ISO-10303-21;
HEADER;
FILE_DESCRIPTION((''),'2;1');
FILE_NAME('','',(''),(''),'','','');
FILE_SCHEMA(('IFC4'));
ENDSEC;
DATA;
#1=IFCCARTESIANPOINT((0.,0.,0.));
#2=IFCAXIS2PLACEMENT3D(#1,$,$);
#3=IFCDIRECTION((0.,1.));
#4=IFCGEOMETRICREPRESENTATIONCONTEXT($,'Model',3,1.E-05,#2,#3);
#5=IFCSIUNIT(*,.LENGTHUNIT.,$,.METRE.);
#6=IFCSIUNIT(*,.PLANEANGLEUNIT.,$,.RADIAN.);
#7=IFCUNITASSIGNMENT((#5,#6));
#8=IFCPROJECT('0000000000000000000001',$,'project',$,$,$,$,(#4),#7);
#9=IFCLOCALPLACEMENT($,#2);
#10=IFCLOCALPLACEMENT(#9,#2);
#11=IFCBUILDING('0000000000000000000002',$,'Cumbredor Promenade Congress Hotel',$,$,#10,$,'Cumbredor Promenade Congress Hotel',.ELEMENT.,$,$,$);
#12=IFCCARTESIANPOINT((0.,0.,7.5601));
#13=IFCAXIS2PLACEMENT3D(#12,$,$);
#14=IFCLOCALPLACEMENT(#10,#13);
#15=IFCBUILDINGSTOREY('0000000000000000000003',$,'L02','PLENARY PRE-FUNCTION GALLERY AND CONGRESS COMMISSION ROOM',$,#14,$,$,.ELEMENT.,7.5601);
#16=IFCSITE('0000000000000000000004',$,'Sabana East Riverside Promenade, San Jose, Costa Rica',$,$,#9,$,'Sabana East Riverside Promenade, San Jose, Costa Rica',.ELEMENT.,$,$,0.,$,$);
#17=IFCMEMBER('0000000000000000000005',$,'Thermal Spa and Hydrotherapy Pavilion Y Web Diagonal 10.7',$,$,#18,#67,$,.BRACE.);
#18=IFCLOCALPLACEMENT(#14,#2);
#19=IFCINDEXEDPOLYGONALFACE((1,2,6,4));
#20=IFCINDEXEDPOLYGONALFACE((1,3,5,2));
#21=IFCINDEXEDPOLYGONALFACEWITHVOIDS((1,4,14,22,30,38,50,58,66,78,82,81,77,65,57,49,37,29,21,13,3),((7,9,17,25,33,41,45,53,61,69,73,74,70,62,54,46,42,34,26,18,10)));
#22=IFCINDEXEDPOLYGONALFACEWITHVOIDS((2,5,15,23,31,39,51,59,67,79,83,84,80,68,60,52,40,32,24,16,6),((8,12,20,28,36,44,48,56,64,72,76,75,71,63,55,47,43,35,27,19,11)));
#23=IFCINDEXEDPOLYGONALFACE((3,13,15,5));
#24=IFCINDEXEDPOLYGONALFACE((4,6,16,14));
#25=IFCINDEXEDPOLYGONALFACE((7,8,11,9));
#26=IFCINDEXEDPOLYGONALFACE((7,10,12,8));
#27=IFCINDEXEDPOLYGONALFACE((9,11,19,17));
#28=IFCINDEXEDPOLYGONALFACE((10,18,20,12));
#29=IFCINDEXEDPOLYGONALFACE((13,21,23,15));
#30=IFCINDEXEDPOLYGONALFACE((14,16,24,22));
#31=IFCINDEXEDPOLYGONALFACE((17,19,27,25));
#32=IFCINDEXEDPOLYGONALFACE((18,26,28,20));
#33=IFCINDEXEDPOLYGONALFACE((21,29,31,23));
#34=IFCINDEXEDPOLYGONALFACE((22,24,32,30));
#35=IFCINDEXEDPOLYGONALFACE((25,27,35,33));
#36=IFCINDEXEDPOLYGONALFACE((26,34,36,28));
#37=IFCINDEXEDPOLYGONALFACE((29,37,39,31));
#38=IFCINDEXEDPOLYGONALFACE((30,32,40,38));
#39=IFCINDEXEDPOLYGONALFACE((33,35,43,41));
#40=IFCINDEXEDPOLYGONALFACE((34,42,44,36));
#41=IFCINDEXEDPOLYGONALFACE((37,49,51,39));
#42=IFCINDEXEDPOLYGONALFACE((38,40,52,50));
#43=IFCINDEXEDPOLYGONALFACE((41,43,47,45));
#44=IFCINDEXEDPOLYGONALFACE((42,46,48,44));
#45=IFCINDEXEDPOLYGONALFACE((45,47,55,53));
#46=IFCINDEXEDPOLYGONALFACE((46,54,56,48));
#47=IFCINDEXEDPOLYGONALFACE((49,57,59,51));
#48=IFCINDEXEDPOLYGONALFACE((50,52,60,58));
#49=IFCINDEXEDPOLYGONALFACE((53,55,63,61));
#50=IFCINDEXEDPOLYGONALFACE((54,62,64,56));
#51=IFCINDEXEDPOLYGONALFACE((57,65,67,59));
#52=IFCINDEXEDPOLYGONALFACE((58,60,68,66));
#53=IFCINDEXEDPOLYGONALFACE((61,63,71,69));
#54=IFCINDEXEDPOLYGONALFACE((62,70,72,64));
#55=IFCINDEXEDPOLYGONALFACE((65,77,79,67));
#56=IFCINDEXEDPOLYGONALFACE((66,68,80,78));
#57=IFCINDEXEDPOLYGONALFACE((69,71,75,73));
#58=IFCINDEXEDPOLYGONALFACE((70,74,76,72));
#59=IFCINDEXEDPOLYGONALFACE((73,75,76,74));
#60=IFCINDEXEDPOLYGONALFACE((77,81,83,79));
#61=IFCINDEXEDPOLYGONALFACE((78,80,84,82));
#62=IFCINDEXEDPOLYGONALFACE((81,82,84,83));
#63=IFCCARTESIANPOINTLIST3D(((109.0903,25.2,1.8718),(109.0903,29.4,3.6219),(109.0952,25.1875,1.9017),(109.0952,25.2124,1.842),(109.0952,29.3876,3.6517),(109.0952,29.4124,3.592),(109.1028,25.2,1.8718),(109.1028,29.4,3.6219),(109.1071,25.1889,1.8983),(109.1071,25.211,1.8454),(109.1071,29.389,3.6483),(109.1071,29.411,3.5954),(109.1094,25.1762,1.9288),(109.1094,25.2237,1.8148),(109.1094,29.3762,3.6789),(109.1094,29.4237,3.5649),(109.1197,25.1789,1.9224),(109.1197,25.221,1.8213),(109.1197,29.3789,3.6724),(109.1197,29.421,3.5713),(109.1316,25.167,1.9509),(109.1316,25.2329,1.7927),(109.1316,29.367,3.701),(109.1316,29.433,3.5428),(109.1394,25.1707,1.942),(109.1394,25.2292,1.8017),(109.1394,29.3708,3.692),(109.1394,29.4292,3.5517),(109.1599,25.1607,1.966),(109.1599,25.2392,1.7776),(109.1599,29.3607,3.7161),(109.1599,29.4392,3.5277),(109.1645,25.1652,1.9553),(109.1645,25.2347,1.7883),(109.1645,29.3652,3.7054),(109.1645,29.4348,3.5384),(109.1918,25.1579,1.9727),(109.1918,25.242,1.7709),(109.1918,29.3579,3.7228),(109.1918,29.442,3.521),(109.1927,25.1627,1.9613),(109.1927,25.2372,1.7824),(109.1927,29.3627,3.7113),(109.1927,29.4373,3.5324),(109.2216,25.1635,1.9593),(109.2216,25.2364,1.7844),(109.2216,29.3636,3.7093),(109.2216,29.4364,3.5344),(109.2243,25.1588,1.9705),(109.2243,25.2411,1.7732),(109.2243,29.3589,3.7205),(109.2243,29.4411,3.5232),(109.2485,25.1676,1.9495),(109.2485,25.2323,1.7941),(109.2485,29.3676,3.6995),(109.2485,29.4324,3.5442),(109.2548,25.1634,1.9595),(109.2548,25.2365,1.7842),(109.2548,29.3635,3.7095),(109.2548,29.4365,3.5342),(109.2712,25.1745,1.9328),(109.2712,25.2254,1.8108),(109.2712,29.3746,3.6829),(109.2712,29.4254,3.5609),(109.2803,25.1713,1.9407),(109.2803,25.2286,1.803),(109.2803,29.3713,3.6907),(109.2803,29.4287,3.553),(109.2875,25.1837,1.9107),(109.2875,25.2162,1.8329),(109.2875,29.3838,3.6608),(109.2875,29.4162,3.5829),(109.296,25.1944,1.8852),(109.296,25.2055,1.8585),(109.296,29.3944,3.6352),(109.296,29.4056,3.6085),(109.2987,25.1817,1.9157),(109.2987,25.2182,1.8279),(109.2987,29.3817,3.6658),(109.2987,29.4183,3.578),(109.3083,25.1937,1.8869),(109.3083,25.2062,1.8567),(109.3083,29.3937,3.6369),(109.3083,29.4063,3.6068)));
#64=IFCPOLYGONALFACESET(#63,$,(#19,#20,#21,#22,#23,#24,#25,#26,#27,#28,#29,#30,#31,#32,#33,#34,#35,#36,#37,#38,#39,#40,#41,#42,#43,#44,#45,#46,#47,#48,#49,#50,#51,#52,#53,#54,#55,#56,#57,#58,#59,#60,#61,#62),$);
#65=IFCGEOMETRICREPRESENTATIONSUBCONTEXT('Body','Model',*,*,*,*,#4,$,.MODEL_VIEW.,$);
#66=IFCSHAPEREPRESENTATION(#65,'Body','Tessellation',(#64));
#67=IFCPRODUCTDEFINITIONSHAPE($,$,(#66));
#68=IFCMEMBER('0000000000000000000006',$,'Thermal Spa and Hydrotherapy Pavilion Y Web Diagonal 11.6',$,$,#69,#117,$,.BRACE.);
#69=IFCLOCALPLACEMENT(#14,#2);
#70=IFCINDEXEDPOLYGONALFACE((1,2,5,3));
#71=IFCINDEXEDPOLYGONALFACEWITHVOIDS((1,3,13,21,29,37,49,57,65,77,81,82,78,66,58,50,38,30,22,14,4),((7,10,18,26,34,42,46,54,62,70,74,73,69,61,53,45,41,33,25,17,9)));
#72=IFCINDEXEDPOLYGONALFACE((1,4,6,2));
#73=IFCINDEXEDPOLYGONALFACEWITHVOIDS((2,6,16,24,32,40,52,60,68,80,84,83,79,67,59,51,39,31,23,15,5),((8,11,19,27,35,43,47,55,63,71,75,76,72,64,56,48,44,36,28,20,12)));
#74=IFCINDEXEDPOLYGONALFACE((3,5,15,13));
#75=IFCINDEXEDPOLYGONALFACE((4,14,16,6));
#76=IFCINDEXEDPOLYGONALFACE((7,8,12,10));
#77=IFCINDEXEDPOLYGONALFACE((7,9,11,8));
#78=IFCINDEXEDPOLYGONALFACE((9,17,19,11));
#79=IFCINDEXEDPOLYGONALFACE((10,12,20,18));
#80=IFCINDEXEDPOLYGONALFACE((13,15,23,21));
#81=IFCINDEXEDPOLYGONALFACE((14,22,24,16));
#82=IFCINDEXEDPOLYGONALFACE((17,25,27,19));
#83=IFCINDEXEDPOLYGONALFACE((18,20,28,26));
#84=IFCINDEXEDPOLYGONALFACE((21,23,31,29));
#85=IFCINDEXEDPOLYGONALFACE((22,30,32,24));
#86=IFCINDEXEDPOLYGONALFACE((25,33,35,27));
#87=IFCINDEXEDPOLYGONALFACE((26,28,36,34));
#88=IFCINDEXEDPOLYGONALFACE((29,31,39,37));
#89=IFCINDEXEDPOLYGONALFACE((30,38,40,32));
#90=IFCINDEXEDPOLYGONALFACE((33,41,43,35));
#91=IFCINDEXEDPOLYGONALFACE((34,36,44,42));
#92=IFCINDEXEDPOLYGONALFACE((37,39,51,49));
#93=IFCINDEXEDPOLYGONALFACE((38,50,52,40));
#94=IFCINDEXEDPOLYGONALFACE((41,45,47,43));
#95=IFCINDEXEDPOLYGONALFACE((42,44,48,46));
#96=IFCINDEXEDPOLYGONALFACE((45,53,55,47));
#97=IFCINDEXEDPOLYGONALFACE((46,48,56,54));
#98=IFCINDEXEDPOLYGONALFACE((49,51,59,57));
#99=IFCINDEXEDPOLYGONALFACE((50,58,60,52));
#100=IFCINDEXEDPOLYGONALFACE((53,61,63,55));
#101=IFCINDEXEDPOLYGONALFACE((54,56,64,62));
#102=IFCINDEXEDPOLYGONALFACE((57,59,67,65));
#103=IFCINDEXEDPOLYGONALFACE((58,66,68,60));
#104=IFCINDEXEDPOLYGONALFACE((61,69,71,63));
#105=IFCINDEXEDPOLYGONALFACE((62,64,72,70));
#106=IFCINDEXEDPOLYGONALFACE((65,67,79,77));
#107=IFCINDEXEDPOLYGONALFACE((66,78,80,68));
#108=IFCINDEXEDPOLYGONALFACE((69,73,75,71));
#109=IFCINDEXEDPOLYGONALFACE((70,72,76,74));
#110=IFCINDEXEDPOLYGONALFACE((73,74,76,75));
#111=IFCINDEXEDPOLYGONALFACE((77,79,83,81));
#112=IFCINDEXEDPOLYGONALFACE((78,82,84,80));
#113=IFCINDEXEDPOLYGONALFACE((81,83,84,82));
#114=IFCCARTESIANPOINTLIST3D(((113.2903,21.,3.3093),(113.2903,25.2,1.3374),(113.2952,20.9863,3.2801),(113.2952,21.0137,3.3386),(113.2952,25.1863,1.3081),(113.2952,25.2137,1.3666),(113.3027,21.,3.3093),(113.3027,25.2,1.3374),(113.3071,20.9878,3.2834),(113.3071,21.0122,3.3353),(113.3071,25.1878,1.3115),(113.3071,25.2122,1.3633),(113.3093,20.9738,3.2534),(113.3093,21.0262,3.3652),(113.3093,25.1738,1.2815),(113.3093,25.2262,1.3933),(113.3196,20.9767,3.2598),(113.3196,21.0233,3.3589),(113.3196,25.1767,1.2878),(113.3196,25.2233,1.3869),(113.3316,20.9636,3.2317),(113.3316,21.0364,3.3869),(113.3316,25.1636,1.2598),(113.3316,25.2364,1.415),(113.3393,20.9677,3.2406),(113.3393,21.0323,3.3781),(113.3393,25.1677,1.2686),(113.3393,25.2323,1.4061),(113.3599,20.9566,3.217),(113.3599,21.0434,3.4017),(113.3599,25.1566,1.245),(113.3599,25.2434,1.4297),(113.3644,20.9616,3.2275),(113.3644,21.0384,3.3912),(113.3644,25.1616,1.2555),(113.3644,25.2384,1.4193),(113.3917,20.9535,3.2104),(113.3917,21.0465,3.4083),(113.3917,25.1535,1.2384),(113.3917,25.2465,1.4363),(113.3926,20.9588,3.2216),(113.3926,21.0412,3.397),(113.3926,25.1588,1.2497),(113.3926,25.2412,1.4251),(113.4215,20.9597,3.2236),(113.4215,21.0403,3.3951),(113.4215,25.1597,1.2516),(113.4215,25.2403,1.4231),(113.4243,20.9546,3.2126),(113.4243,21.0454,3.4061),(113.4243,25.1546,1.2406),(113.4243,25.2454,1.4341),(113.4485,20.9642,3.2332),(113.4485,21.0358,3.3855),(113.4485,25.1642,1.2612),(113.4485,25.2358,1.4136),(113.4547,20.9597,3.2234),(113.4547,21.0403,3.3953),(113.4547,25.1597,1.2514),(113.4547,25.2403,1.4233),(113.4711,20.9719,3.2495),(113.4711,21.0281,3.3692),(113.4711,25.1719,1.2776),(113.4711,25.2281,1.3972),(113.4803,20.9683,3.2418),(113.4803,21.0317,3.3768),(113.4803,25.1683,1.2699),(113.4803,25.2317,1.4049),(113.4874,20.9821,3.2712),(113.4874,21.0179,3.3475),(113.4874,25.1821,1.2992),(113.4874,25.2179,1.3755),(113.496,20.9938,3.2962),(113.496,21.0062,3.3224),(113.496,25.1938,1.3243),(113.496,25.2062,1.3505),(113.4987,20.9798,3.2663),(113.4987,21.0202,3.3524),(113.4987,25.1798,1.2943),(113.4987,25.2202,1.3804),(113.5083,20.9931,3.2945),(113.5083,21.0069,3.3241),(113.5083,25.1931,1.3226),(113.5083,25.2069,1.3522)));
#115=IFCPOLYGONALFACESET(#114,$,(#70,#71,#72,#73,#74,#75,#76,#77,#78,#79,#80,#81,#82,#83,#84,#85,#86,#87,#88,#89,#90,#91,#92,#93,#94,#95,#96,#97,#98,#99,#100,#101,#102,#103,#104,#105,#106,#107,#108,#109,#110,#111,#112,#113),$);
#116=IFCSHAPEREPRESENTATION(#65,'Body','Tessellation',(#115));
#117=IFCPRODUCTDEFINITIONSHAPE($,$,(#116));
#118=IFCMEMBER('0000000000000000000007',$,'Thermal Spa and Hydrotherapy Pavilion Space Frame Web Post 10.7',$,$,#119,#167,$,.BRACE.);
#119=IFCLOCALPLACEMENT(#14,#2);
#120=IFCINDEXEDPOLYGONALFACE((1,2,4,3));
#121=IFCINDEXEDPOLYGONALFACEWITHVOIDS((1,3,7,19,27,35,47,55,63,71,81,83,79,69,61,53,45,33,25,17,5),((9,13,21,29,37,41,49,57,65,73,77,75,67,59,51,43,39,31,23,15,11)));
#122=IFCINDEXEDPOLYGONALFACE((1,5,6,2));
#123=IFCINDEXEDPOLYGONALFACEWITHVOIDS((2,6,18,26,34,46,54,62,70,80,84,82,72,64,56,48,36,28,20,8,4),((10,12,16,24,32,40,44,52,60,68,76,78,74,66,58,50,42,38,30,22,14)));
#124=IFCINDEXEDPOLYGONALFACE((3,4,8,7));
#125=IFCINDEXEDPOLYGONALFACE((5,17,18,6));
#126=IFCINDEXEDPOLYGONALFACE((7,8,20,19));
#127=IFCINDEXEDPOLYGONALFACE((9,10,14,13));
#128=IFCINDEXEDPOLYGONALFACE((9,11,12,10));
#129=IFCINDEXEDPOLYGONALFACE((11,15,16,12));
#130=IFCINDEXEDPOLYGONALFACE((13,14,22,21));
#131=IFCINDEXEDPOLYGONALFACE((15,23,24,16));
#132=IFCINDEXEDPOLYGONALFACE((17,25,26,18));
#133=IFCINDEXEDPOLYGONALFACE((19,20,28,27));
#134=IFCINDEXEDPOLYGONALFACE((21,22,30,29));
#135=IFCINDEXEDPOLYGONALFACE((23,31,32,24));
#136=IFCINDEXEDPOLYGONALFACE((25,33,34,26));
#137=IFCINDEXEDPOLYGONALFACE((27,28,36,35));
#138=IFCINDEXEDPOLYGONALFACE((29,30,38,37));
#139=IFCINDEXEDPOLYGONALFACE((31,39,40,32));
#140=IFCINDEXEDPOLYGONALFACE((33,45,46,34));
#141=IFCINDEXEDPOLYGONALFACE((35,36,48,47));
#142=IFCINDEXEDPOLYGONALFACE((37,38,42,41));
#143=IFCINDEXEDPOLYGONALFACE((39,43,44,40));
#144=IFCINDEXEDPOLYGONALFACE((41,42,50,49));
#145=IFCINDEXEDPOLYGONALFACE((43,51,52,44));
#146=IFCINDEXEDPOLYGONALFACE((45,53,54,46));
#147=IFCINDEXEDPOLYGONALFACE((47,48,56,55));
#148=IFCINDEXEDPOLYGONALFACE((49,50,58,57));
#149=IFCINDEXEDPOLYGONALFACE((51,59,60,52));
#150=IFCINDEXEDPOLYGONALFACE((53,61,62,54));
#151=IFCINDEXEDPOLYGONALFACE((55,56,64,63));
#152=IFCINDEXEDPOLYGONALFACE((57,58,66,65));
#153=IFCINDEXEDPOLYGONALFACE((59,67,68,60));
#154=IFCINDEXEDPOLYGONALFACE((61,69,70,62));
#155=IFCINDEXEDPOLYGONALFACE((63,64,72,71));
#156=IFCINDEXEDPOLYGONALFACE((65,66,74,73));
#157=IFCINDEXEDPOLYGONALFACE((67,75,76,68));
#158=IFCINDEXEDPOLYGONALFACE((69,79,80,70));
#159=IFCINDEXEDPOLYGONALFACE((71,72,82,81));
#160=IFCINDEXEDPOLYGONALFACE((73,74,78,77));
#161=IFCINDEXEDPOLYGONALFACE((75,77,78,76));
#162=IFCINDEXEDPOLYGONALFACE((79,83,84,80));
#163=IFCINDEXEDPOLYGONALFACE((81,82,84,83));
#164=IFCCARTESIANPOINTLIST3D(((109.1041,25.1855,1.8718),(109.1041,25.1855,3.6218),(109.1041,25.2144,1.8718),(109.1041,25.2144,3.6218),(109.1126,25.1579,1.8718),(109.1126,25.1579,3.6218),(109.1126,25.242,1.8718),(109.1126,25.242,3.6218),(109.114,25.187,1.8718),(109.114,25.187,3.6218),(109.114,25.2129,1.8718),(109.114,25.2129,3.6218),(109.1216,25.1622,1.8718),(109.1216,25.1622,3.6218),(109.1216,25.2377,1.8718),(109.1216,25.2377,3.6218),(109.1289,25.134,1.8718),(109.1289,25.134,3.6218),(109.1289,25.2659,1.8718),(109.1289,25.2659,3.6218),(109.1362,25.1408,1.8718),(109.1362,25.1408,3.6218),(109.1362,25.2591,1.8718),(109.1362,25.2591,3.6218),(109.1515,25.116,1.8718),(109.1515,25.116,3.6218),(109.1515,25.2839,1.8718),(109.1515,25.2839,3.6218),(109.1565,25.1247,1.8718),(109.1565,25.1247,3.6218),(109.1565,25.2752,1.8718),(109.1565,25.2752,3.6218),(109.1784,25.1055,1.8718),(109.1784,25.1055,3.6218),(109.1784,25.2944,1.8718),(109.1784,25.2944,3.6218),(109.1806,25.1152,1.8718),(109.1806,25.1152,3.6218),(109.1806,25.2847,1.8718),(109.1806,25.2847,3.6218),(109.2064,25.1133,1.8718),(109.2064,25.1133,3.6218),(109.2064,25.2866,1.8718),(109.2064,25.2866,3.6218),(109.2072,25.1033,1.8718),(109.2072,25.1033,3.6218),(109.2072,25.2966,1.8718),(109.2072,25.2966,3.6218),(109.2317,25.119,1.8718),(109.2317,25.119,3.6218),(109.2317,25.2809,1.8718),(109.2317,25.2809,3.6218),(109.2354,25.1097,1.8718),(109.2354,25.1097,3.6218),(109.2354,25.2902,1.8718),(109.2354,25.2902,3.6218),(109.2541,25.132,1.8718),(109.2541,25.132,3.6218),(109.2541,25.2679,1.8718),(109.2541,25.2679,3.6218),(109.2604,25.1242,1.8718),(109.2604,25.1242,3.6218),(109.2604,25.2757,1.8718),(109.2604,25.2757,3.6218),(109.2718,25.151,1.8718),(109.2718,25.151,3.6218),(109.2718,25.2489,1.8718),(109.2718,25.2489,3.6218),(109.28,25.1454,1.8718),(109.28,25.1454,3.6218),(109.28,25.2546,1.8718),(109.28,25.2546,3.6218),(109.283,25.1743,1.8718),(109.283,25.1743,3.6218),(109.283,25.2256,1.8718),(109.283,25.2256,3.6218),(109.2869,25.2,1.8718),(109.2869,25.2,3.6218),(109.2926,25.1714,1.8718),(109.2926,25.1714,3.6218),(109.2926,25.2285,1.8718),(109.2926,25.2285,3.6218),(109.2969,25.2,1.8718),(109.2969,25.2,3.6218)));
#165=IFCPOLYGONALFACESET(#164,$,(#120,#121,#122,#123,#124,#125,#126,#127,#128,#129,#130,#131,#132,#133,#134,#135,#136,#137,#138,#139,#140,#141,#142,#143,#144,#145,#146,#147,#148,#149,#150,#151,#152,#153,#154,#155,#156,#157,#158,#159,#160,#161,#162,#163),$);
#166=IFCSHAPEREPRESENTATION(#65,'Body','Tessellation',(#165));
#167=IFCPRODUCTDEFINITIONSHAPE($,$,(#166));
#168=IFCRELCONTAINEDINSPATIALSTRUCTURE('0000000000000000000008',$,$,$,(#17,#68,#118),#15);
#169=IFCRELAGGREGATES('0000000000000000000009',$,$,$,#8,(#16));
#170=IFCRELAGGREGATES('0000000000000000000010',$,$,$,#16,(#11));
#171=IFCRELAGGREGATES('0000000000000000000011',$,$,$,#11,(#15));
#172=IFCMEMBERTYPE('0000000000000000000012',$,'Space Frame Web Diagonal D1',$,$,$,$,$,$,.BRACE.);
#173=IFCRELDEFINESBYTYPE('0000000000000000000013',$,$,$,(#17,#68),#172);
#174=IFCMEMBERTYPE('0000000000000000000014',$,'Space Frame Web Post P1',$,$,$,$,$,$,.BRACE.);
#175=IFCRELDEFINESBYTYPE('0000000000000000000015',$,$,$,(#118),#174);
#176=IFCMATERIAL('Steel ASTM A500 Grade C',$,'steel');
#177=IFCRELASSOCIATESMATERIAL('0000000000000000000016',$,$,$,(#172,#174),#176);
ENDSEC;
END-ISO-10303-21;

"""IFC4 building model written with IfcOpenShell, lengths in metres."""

from ifc_helpers import new_model, si_unit, direction, frame, origin, origin_2d, place, context, subcontext, project, spatial, hollow_circle, extrude, material, material_profile, profile_set, type_object, element, save


model = new_model("IFC4")

# Units and contexts
model_context = context("Model", 3, precision=1e-05, world=origin(), true_north=direction((0.0, 1.0)))
body_context = subcontext(model_context, "Body", "Model", "MODEL_VIEW")
ifc_project = project(units=[si_unit("LENGTHUNIT", "METRE"), si_unit("PLANEANGLEUNIT", "RADIAN")], contexts=[model_context])

# Site, building, storey
site_placement = place(None, origin())
site = spatial("IfcSite", under=ifc_project, at=site_placement, Name="Sabana East Riverside Promenade, San Jose, Costa Rica", LongName="Sabana East Riverside Promenade, San Jose, Costa Rica", CompositionType="ELEMENT", RefElevation=0.0)
building_placement = place(site_placement, origin())
building = spatial("IfcBuilding", under=site, at=building_placement, Name="Cumbredor Promenade Congress Hotel", LongName="Cumbredor Promenade Congress Hotel", CompositionType="ELEMENT")
storey_placement = place(building_placement, frame((0.0, 0.0, 7.5601)))
storey = spatial("IfcBuildingStorey", under=building, at=storey_placement, Name="L02", Description="PLENARY PRE-FUNCTION GALLERY AND CONGRESS COMMISSION ROOM", CompositionType="ELEMENT", Elevation=7.5601)

# Members
ifc_material_1 = material(Name="Steel ASTM A500 Grade C", Category="steel")
ifc_material_profile_1 = material_profile(ifc_material_1, hollow_circle(Radius=0.1096, WallThickness=0.0125, at=origin_2d()), Name="CHS 219.1x12.5")
ifc_profile_set_1 = profile_set([ifc_material_profile_1], Name="Steel ASTM A500 Grade C")
member_type_1 = type_object("IfcMemberType", Name="Space Frame Web Diagonal D1", PredefinedType="BRACE", material=ifc_profile_set_1)
member_1_placement = place(storey_placement, frame((109.2, 25.2, 1.8718), z_axis=(0.0, 0.923075, 0.384619), x_axis=(-1.0, 0.0, 0.0)))
element("IfcMember", 1, at=member_1_placement, inside=storey, type_object=member_type_1, Name="Thermal Spa and Hydrotherapy Pavilion Y Web Diagonal 10.7", PredefinedType="BRACE", context=body_context, shape_type="SweptSolid", body=[
    extrude(hollow_circle(Radius=0.1096, WallThickness=0.0125, at=origin_2d()), origin(), (0.0, 0.0, 1.0), 4.55),
])
member_2_placement = place(storey_placement, frame((113.3999, 21.0, 3.3093), z_axis=(0.0, 0.905194, -0.424999), x_axis=(-1.0, 0.0, 0.0)))
element("IfcMember", 2, at=member_2_placement, inside=storey, type_object=member_type_1, Name="Thermal Spa and Hydrotherapy Pavilion Y Web Diagonal 11.6", PredefinedType="BRACE", context=body_context, shape_type="SweptSolid", body=[
    extrude(hollow_circle(Radius=0.1096, WallThickness=0.0125, at=origin_2d()), origin(), (0.0, 0.0, 1.0), 4.6399),
])
ifc_material_profile_2 = material_profile(ifc_material_1, hollow_circle(Radius=0.0969, WallThickness=0.01, at=origin_2d()), Name="CHS 193.7x10")
ifc_profile_set_2 = profile_set([ifc_material_profile_2], Name="Steel ASTM A500 Grade C")
member_type_2 = type_object("IfcMemberType", Name="Space Frame Web Post P1", PredefinedType="BRACE", material=ifc_profile_set_2)
for number, where, z_axis, x_axis, name in (
    (3, (109.2, 25.2, 1.8718), (0.0, 0.0, 1.0), (1.0, 0.0, 0.0), "Thermal Spa and Hydrotherapy Pavilion Space Frame Web Post 10.7"),
):
    element("IfcMember", number, at=place(storey_placement, frame(where, z_axis=z_axis, x_axis=x_axis)), inside=storey, type_object=member_type_2, Name=name, PredefinedType="BRACE", context=body_context, shape_type="SweptSolid", body=[
        extrude(hollow_circle(Radius=0.0969, WallThickness=0.01, at=origin_2d()), origin(), (0.0, 0.0, 1.0), 1.75),
    ])

save(model, "model.ifc")
